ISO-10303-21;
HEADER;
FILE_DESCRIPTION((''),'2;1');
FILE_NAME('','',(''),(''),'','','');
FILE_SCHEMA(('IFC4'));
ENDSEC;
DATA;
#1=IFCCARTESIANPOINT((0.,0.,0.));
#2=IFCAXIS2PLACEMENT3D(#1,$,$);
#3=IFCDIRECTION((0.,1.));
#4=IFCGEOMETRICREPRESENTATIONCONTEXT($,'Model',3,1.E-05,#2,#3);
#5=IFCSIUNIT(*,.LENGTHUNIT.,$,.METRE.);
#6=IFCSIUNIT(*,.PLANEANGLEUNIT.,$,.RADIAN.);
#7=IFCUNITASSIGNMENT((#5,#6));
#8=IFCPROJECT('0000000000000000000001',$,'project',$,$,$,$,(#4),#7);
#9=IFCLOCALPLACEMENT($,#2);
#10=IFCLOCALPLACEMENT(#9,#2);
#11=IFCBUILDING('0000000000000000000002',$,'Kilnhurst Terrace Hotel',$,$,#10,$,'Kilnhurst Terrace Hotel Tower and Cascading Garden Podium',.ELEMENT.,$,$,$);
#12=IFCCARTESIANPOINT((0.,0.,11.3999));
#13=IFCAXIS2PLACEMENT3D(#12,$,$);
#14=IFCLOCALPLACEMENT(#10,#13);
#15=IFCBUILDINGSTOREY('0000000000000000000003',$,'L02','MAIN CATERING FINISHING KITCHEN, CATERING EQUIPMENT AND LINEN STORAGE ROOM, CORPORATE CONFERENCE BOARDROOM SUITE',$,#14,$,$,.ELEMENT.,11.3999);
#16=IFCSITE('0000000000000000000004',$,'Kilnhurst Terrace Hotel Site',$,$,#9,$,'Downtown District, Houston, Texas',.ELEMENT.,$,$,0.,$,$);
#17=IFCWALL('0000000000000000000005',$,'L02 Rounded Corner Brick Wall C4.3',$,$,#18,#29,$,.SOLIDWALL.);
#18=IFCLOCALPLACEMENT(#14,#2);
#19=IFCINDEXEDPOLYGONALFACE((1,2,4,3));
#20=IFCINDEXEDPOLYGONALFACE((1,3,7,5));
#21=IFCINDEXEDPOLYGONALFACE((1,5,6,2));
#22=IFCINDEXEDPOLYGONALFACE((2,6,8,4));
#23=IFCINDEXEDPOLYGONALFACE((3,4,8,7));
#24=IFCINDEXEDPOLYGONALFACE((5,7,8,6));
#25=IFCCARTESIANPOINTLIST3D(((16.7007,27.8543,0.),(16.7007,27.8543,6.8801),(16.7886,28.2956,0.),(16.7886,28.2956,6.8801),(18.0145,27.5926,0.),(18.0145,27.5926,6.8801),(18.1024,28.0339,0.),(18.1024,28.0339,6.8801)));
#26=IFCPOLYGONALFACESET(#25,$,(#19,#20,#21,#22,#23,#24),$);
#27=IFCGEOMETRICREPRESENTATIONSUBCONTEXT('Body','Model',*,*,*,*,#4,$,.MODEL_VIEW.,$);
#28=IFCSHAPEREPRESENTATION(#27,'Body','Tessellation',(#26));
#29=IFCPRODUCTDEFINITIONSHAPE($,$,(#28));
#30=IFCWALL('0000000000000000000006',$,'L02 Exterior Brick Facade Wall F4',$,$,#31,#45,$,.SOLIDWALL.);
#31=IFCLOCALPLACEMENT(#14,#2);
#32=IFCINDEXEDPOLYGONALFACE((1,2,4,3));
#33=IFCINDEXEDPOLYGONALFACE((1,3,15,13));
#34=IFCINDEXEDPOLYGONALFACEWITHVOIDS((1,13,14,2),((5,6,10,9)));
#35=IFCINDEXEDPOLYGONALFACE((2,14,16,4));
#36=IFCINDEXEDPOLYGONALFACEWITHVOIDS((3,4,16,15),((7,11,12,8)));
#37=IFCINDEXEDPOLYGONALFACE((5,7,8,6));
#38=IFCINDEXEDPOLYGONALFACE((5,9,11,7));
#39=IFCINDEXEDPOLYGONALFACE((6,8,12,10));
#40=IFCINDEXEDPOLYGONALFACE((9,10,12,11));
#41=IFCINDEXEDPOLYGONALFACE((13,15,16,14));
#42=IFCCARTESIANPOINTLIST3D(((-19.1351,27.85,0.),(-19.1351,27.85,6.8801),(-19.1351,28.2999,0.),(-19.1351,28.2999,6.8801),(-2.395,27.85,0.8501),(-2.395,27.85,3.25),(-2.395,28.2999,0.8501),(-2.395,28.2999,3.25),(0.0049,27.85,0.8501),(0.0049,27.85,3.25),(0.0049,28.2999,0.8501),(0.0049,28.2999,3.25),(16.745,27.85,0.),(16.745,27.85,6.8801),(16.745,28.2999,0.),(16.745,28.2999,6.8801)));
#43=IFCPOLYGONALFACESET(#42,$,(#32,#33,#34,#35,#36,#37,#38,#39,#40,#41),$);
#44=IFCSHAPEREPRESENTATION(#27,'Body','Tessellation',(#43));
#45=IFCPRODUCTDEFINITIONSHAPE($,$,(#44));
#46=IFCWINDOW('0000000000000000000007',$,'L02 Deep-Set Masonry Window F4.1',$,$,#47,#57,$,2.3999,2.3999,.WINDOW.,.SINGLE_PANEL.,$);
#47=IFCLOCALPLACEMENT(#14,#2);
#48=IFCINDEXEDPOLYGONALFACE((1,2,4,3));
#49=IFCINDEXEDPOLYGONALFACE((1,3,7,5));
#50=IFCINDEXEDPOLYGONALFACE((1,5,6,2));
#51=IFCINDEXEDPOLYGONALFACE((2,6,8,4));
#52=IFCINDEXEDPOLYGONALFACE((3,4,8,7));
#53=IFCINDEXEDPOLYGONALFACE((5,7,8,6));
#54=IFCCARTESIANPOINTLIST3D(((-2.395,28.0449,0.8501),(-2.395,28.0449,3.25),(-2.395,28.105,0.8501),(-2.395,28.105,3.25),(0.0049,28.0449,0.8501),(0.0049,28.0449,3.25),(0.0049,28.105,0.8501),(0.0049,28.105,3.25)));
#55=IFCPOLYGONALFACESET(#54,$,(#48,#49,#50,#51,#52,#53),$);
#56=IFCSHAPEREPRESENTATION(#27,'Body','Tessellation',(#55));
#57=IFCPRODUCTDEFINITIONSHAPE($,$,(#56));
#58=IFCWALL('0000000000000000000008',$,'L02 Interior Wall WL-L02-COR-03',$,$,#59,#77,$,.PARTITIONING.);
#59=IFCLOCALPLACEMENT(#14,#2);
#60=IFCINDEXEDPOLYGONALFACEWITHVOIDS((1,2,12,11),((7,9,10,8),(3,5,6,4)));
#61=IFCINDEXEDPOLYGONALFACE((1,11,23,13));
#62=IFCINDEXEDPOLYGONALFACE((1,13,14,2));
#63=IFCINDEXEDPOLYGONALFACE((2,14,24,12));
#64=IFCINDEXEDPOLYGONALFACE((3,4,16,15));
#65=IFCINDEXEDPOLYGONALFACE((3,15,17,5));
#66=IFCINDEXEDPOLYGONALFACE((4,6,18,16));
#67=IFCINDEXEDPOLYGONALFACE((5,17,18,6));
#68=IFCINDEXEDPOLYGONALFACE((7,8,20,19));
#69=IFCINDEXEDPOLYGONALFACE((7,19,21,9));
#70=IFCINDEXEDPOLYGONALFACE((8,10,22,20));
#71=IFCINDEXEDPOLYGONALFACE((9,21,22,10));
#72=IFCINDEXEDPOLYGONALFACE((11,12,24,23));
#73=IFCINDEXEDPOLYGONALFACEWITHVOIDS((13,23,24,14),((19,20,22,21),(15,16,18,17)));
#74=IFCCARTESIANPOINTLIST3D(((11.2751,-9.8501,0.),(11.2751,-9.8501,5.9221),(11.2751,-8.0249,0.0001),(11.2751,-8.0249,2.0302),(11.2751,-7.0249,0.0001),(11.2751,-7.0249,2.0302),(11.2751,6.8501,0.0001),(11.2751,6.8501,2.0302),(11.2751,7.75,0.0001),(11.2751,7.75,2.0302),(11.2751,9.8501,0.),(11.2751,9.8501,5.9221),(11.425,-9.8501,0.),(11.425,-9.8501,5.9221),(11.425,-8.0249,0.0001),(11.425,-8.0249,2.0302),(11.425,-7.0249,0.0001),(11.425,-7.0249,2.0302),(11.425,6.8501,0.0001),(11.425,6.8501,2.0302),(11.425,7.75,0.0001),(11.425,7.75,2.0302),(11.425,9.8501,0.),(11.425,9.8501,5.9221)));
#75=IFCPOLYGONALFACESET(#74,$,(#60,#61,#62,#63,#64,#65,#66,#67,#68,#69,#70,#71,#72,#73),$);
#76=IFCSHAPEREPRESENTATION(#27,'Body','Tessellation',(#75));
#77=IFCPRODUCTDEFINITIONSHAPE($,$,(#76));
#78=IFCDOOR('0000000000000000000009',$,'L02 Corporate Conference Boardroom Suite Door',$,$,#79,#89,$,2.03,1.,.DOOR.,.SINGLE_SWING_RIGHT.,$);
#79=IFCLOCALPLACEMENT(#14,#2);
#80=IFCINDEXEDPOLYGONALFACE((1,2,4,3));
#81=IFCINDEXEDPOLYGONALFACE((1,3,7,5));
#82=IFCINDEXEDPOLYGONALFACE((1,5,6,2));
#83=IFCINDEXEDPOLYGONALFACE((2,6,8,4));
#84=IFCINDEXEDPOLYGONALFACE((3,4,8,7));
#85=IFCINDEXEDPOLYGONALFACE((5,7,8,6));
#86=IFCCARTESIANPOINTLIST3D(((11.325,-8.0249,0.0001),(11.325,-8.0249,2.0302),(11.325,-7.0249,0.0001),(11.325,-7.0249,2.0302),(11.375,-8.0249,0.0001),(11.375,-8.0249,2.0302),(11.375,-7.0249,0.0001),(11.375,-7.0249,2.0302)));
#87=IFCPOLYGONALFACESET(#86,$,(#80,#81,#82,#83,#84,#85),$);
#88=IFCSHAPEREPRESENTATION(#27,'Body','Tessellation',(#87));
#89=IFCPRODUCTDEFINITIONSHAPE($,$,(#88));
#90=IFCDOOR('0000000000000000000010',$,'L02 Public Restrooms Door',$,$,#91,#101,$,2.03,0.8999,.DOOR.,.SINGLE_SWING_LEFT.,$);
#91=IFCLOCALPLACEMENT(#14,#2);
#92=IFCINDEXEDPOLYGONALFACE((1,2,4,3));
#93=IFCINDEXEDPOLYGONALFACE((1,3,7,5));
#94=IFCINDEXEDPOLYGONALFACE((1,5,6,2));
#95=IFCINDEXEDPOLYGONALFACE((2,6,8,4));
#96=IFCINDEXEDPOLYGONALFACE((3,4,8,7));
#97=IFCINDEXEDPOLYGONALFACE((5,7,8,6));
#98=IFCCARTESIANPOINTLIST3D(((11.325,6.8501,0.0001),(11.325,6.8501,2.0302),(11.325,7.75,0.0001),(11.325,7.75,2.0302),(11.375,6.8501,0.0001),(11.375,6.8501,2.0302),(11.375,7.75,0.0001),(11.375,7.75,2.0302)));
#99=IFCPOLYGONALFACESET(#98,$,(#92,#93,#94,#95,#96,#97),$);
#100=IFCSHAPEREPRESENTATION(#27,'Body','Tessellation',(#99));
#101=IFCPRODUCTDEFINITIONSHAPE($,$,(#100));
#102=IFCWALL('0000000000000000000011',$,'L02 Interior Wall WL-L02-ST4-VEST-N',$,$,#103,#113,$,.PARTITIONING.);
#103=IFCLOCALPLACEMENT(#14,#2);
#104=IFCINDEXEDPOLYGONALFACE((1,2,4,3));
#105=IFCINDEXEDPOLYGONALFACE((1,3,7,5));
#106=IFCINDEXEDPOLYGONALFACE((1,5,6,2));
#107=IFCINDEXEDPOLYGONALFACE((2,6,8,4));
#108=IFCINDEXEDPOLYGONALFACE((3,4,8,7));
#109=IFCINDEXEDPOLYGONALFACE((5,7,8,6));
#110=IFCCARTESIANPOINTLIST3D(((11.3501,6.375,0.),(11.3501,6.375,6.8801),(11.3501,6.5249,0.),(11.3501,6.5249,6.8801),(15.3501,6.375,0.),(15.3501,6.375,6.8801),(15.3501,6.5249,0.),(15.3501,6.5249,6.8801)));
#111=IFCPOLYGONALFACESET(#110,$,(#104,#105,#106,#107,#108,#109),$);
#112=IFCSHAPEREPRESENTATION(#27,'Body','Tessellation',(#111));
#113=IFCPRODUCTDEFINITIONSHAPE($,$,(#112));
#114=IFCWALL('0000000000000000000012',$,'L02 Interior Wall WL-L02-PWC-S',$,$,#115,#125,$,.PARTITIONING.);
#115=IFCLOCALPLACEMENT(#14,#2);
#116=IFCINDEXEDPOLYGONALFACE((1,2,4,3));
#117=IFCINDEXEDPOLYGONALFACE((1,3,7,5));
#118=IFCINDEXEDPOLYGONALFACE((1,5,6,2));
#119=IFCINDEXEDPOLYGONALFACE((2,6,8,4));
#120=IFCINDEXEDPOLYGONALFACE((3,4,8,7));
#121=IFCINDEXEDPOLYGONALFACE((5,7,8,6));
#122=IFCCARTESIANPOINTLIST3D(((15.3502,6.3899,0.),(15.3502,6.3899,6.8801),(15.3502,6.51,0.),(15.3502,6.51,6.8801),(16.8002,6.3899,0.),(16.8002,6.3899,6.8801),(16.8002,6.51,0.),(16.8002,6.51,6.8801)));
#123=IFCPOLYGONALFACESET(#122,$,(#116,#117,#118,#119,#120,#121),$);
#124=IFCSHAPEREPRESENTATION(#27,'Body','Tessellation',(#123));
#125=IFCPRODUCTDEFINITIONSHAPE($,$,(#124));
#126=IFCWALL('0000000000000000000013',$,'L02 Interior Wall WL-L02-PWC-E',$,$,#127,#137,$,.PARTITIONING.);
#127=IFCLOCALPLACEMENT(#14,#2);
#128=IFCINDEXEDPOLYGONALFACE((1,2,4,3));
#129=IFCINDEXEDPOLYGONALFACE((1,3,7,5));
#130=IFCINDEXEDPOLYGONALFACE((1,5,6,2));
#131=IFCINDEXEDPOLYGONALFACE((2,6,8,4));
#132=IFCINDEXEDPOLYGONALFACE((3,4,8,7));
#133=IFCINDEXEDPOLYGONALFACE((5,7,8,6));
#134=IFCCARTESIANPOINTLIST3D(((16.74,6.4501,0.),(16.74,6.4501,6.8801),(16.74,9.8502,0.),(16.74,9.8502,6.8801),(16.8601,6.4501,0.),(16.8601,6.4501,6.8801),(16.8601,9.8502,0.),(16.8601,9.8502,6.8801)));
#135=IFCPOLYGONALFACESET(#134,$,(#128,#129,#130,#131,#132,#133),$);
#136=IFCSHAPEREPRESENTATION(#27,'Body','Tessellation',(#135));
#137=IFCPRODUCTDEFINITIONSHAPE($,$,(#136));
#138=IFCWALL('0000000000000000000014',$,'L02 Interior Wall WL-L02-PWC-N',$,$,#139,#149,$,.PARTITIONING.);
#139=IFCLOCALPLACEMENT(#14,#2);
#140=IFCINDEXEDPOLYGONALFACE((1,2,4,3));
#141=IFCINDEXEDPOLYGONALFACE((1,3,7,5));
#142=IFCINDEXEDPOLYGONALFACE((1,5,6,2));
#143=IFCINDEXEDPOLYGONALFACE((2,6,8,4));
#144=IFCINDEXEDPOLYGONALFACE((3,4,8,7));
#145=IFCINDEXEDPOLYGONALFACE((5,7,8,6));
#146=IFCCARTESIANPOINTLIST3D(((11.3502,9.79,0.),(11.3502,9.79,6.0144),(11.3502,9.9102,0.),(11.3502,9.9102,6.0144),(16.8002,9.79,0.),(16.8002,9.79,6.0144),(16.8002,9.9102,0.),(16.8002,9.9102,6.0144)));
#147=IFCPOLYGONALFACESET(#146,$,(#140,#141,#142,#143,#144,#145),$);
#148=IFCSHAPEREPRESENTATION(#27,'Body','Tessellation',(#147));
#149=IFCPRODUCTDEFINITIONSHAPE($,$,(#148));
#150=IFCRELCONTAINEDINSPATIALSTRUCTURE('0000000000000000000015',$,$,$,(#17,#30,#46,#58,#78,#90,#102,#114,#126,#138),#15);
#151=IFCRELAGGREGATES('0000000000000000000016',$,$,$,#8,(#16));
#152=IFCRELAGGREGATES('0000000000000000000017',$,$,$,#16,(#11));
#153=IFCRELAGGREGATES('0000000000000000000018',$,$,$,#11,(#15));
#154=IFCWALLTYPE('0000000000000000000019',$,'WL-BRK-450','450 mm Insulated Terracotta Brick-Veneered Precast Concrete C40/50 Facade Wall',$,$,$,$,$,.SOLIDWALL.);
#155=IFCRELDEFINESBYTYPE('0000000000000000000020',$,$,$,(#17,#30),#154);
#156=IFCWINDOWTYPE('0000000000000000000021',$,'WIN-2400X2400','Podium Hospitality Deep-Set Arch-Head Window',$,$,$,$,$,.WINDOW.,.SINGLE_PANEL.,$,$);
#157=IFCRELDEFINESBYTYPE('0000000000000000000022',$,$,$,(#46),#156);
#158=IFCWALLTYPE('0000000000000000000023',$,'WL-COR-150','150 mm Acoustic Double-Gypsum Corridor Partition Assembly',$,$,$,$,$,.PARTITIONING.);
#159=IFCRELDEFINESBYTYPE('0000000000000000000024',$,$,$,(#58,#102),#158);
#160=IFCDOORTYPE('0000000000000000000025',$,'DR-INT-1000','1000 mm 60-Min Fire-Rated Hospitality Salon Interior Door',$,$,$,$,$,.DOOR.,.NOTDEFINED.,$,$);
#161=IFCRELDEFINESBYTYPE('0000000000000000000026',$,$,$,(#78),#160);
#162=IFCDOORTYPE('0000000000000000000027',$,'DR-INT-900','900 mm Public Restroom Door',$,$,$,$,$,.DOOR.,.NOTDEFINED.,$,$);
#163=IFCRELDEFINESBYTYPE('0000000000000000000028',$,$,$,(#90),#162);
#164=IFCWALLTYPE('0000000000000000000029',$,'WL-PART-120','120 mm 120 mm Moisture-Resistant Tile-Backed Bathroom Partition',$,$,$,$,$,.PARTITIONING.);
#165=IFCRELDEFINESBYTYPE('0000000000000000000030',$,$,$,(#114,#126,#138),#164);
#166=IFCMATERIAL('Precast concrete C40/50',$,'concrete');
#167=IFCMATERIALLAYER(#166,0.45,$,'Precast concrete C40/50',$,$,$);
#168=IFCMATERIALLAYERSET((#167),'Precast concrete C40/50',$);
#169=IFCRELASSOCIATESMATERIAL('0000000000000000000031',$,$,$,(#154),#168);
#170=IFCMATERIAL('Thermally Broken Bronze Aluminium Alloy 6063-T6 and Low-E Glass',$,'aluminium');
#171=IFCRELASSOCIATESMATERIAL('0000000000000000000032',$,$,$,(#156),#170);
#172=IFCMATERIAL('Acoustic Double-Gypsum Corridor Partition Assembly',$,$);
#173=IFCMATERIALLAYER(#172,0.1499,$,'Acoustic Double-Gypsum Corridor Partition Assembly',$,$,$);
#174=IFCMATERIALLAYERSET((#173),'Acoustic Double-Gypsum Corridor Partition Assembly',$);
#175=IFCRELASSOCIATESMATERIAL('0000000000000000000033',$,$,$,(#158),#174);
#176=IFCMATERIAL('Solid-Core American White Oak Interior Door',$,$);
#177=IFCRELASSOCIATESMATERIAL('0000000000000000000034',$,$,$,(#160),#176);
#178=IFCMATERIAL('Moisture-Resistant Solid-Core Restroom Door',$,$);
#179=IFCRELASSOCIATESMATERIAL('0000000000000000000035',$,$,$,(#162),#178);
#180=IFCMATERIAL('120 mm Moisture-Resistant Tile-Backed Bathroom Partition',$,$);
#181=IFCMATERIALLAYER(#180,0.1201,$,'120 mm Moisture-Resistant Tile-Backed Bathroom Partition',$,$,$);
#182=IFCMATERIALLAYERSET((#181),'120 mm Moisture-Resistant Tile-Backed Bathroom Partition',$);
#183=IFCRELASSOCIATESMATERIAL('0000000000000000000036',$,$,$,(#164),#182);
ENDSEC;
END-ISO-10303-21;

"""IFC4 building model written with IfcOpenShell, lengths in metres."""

from ifc_helpers import new_model, si_unit, direction, frame, frame_2d, origin, place, context, subcontext, project, spatial, rectangle, extrude, material, layer, layer_set, type_object, element, fill, save


model = new_model("IFC4")

# Units and contexts
model_context = context("Model", 3, precision=1e-05, world=origin(), true_north=direction((0.0, 1.0)))
body_context = subcontext(model_context, "Body", "Model", "MODEL_VIEW")
ifc_project = project(units=[si_unit("LENGTHUNIT", "METRE"), si_unit("PLANEANGLEUNIT", "RADIAN")], contexts=[model_context])

# Site, building, storey
site_placement = place(None, origin())
site = spatial("IfcSite", under=ifc_project, at=site_placement, Name="Kilnhurst Terrace Hotel Site", LongName="Downtown District, Houston, Texas", CompositionType="ELEMENT", RefElevation=0.0)
building_placement = place(site_placement, origin())
building = spatial("IfcBuilding", under=site, at=building_placement, Name="Kilnhurst Terrace Hotel", LongName="Kilnhurst Terrace Hotel Tower and Cascading Garden Podium", CompositionType="ELEMENT")
storey_placement = place(building_placement, frame((0.0, 0.0, 11.3999)))
storey = spatial("IfcBuildingStorey", under=building, at=storey_placement, Name="L02", Description="MAIN CATERING FINISHING KITCHEN, CATERING EQUIPMENT AND LINEN STORAGE ROOM, CORPORATE CONFERENCE BOARDROOM SUITE", CompositionType="ELEMENT", Elevation=11.3999)

# Wall
ifc_material_1 = material(Name="Precast concrete C40/50", Category="concrete")
ifc_layer_1 = layer(ifc_material_1, 0.45, Name="Precast concrete C40/50")
ifc_layer_set_1 = layer_set([ifc_layer_1], Name="Precast concrete C40/50")
wall_type_1 = type_object("IfcWallType", Name="WL-BRK-450", Description="450 mm Insulated Terracotta Brick-Veneered Precast Concrete C40/50 Facade Wall", PredefinedType="SOLIDWALL", material=ifc_layer_set_1)
wall_1_placement = place(storey_placement, frame((18.0586, 27.8132, 0.0), z_axis=(0.0, 0.0, 1.0), x_axis=(-0.980728, 0.19538, 0.0)))
element("IfcWall", 1, at=wall_1_placement, inside=storey, type_object=wall_type_1, Name="L02 Rounded Corner Brick Wall C4.3", PredefinedType="SOLIDWALL", context=body_context, shape_type="SweptSolid", body=[
    extrude(rectangle(XDim=1.3396, YDim=0.45, at=frame_2d((0.6699, 0.0))), origin(), (0.0, 0.0, 1.0), 6.8801),
])

# Wall, opening, window
wall_2_placement = place(storey_placement, frame((16.7449, 28.075, 0.0), z_axis=(0.0, 0.0, 1.0), x_axis=(-1.0, 0.0, 0.0)))
wall_2 = element("IfcWall", 2, at=wall_2_placement, inside=storey, type_object=wall_type_1, Name="L02 Exterior Brick Facade Wall F4", PredefinedType="SOLIDWALL", context=body_context, shape_type="SweptSolid", body=[
    extrude(rectangle(XDim=35.8801, YDim=0.45, at=frame_2d((17.9399, 0.0))), origin(), (0.0, 0.0, 1.0), 6.8801),
])
opening_1_placement = place(wall_2_placement, frame((16.74, 0.0, 0.8501)))
opening_1 = element("IfcOpeningElement", 3, at=opening_1_placement, cuts=wall_2, PredefinedType="OPENING", context=body_context, shape_type="SweptSolid", body=[
    extrude(rectangle(XDim=2.3999, YDim=2.3999, at=frame_2d((1.2, 1.2))), frame((0.0, 0.2349, 0.0), z_axis=(0.0, -1.0, 0.0), x_axis=(1.0, 0.0, 0.0)), (0.0, 0.0, 1.0), 0.47),
])
ifc_material_2 = material(Name="Thermally Broken Bronze Aluminium Alloy 6063-T6 and Low-E Glass", Category="aluminium")
window_type = type_object("IfcWindowType", Name="WIN-2400X2400", Description="Podium Hospitality Deep-Set Arch-Head Window", PartitioningType="SINGLE_PANEL", PredefinedType="WINDOW", material=ifc_material_2)
window_placement = place(opening_1_placement, origin())
window = element("IfcWindow", 4, at=window_placement, inside=storey, type_object=window_type, Name="L02 Deep-Set Masonry Window F4.1", OverallHeight=2.3999, OverallWidth=2.3999, PartitioningType="SINGLE_PANEL", PredefinedType="WINDOW", context=body_context, shape_type="SweptSolid", body=[
    extrude(rectangle(XDim=2.3999, YDim=2.3999, at=frame_2d((1.2, 1.2))), frame((0.0, 0.03, 0.0), z_axis=(0.0, -1.0, 0.0), x_axis=(1.0, 0.0, 0.0)), (0.0, 0.0, 1.0), 0.0601),
])
fill(opening_1, window)

# Wall, openings, doors
ifc_material_3 = material(Name="Acoustic Double-Gypsum Corridor Partition Assembly")
ifc_layer_2 = layer(ifc_material_3, 0.1499, Name="Acoustic Double-Gypsum Corridor Partition Assembly")
ifc_layer_set_2 = layer_set([ifc_layer_2], Name="Acoustic Double-Gypsum Corridor Partition Assembly")
wall_type_2 = type_object("IfcWallType", Name="WL-COR-150", Description="150 mm Acoustic Double-Gypsum Corridor Partition Assembly", PredefinedType="PARTITIONING", material=ifc_layer_set_2)
wall_3_placement = place(storey_placement, frame((11.3501, 9.8501, 0.0), z_axis=(0.0, 0.0, 1.0), x_axis=(0.0, -1.0, 0.0)))
wall_3 = element("IfcWall", 5, at=wall_3_placement, inside=storey, type_object=wall_type_2, Name="L02 Interior Wall WL-L02-COR-03", PredefinedType="PARTITIONING", context=body_context, shape_type="SweptSolid", body=[
    extrude(rectangle(XDim=19.7002, YDim=0.1499, at=frame_2d((9.8501, 0.0))), origin(), (0.0, 0.0, 1.0), 5.9221),
])
opening_2_placement = place(wall_3_placement, frame((2.1001, 0.0, 0.0)))
opening_2 = element("IfcOpeningElement", 6, at=opening_2_placement, cuts=wall_3, PredefinedType="OPENING", context=body_context, shape_type="SweptSolid", body=[
    extrude(rectangle(XDim=0.8999, YDim=2.03, at=frame_2d((0.45, 1.0151))), frame((0.0, 0.085, 0.0), z_axis=(0.0, -1.0, 0.0), x_axis=(1.0, 0.0, 0.0)), (0.0, 0.0, 1.0), 0.1699),
])
opening_3_placement = place(wall_3_placement, frame((16.875, 0.0, 0.0)))
opening_3 = element("IfcOpeningElement", 7, at=opening_3_placement, cuts=wall_3, PredefinedType="OPENING", context=body_context, shape_type="SweptSolid", body=[
    extrude(rectangle(XDim=1.0, YDim=2.03, at=frame_2d((0.5, 1.0151))), frame((0.0, 0.085, 0.0), z_axis=(0.0, -1.0, 0.0), x_axis=(1.0, 0.0, 0.0)), (0.0, 0.0, 1.0), 0.1699),
])
ifc_material_4 = material(Name="Solid-Core American White Oak Interior Door")
door_type_1 = type_object("IfcDoorType", Name="DR-INT-1000", Description="1000 mm 60-Min Fire-Rated Hospitality Salon Interior Door", OperationType="NOTDEFINED", PredefinedType="DOOR", material=ifc_material_4)
door_1_placement = place(opening_3_placement, origin())
door_1 = element("IfcDoor", 8, at=door_1_placement, inside=storey, type_object=door_type_1, Name="L02 Corporate Conference Boardroom Suite Door", OperationType="SINGLE_SWING_RIGHT", OverallHeight=2.03, OverallWidth=1.0, PredefinedType="DOOR", context=body_context, shape_type="SweptSolid", body=[
    extrude(rectangle(XDim=1.0, YDim=2.03, at=frame_2d((0.5, 1.0151))), frame((0.0, 0.0249, 0.0), z_axis=(0.0, -1.0, 0.0), x_axis=(1.0, 0.0, 0.0)), (0.0, 0.0, 1.0), 0.05),
])
fill(opening_3, door_1)
ifc_material_5 = material(Name="Moisture-Resistant Solid-Core Restroom Door")
door_type_2 = type_object("IfcDoorType", Name="DR-INT-900", Description="900 mm Public Restroom Door", OperationType="NOTDEFINED", PredefinedType="DOOR", material=ifc_material_5)
door_2_placement = place(opening_2_placement, origin())
door_2 = element("IfcDoor", 9, at=door_2_placement, inside=storey, type_object=door_type_2, Name="L02 Public Restrooms Door", OperationType="SINGLE_SWING_LEFT", OverallHeight=2.03, OverallWidth=0.8999, PredefinedType="DOOR", context=body_context, shape_type="SweptSolid", body=[
    extrude(rectangle(XDim=0.8999, YDim=2.03, at=frame_2d((0.45, 1.0151))), frame((0.0, 0.0249, 0.0), z_axis=(0.0, -1.0, 0.0), x_axis=(1.0, 0.0, 0.0)), (0.0, 0.0, 1.0), 0.05),
])
fill(opening_2, door_2)

# Walls
wall_4_placement = place(storey_placement, frame((11.3501, 6.45, 0.0), z_axis=(0.0, 0.0, 1.0), x_axis=(1.0, 0.0, 0.0)))
element("IfcWall", 10, at=wall_4_placement, inside=storey, type_object=wall_type_2, Name="L02 Interior Wall WL-L02-ST4-VEST-N", PredefinedType="PARTITIONING", context=body_context, shape_type="SweptSolid", body=[
    extrude(rectangle(XDim=4.0, YDim=0.1499, at=frame_2d((2.0, 0.0))), origin(), (0.0, 0.0, 1.0), 6.8801),
])
ifc_material_6 = material(Name="120 mm Moisture-Resistant Tile-Backed Bathroom Partition")
ifc_layer_3 = layer(ifc_material_6, 0.1201, Name="120 mm Moisture-Resistant Tile-Backed Bathroom Partition")
ifc_layer_set_3 = layer_set([ifc_layer_3], Name="120 mm Moisture-Resistant Tile-Backed Bathroom Partition")
wall_type_3 = type_object("IfcWallType", Name="WL-PART-120", Description="120 mm 120 mm Moisture-Resistant Tile-Backed Bathroom Partition", PredefinedType="PARTITIONING", material=ifc_layer_set_3)
wall_5_placement = place(storey_placement, frame((15.3501, 6.45, 0.0), z_axis=(0.0, 0.0, 1.0), x_axis=(1.0, 0.0, 0.0)))
element("IfcWall", 11, at=wall_5_placement, inside=storey, type_object=wall_type_3, Name="L02 Interior Wall WL-L02-PWC-S", PredefinedType="PARTITIONING", context=body_context, shape_type="SweptSolid", body=[
    extrude(rectangle(XDim=1.45, YDim=0.1201, at=frame_2d((0.7251, 0.0))), origin(), (0.0, 0.0, 1.0), 6.8801),
])
wall_6_placement = place(storey_placement, frame((16.8, 6.45, 0.0), z_axis=(0.0, 0.0, 1.0), x_axis=(0.0, 1.0, 0.0)))
element("IfcWall", 12, at=wall_6_placement, inside=storey, type_object=wall_type_3, Name="L02 Interior Wall WL-L02-PWC-E", PredefinedType="PARTITIONING", context=body_context, shape_type="SweptSolid", body=[
    extrude(rectangle(XDim=3.4001, YDim=0.1201, at=frame_2d((1.7002, 0.0))), origin(), (0.0, 0.0, 1.0), 6.8801),
])
wall_7_placement = place(storey_placement, frame((11.3501, 9.8501, 0.0), z_axis=(0.0, 0.0, 1.0), x_axis=(1.0, 0.0, 0.0)))
element("IfcWall", 13, at=wall_7_placement, inside=storey, type_object=wall_type_3, Name="L02 Interior Wall WL-L02-PWC-N", PredefinedType="PARTITIONING", context=body_context, shape_type="SweptSolid", body=[
    extrude(rectangle(XDim=5.45, YDim=0.1201, at=frame_2d((2.7251, 0.0))), origin(), (0.0, 0.0, 1.0), 6.0144),
])

save(model, "model.ifc")
